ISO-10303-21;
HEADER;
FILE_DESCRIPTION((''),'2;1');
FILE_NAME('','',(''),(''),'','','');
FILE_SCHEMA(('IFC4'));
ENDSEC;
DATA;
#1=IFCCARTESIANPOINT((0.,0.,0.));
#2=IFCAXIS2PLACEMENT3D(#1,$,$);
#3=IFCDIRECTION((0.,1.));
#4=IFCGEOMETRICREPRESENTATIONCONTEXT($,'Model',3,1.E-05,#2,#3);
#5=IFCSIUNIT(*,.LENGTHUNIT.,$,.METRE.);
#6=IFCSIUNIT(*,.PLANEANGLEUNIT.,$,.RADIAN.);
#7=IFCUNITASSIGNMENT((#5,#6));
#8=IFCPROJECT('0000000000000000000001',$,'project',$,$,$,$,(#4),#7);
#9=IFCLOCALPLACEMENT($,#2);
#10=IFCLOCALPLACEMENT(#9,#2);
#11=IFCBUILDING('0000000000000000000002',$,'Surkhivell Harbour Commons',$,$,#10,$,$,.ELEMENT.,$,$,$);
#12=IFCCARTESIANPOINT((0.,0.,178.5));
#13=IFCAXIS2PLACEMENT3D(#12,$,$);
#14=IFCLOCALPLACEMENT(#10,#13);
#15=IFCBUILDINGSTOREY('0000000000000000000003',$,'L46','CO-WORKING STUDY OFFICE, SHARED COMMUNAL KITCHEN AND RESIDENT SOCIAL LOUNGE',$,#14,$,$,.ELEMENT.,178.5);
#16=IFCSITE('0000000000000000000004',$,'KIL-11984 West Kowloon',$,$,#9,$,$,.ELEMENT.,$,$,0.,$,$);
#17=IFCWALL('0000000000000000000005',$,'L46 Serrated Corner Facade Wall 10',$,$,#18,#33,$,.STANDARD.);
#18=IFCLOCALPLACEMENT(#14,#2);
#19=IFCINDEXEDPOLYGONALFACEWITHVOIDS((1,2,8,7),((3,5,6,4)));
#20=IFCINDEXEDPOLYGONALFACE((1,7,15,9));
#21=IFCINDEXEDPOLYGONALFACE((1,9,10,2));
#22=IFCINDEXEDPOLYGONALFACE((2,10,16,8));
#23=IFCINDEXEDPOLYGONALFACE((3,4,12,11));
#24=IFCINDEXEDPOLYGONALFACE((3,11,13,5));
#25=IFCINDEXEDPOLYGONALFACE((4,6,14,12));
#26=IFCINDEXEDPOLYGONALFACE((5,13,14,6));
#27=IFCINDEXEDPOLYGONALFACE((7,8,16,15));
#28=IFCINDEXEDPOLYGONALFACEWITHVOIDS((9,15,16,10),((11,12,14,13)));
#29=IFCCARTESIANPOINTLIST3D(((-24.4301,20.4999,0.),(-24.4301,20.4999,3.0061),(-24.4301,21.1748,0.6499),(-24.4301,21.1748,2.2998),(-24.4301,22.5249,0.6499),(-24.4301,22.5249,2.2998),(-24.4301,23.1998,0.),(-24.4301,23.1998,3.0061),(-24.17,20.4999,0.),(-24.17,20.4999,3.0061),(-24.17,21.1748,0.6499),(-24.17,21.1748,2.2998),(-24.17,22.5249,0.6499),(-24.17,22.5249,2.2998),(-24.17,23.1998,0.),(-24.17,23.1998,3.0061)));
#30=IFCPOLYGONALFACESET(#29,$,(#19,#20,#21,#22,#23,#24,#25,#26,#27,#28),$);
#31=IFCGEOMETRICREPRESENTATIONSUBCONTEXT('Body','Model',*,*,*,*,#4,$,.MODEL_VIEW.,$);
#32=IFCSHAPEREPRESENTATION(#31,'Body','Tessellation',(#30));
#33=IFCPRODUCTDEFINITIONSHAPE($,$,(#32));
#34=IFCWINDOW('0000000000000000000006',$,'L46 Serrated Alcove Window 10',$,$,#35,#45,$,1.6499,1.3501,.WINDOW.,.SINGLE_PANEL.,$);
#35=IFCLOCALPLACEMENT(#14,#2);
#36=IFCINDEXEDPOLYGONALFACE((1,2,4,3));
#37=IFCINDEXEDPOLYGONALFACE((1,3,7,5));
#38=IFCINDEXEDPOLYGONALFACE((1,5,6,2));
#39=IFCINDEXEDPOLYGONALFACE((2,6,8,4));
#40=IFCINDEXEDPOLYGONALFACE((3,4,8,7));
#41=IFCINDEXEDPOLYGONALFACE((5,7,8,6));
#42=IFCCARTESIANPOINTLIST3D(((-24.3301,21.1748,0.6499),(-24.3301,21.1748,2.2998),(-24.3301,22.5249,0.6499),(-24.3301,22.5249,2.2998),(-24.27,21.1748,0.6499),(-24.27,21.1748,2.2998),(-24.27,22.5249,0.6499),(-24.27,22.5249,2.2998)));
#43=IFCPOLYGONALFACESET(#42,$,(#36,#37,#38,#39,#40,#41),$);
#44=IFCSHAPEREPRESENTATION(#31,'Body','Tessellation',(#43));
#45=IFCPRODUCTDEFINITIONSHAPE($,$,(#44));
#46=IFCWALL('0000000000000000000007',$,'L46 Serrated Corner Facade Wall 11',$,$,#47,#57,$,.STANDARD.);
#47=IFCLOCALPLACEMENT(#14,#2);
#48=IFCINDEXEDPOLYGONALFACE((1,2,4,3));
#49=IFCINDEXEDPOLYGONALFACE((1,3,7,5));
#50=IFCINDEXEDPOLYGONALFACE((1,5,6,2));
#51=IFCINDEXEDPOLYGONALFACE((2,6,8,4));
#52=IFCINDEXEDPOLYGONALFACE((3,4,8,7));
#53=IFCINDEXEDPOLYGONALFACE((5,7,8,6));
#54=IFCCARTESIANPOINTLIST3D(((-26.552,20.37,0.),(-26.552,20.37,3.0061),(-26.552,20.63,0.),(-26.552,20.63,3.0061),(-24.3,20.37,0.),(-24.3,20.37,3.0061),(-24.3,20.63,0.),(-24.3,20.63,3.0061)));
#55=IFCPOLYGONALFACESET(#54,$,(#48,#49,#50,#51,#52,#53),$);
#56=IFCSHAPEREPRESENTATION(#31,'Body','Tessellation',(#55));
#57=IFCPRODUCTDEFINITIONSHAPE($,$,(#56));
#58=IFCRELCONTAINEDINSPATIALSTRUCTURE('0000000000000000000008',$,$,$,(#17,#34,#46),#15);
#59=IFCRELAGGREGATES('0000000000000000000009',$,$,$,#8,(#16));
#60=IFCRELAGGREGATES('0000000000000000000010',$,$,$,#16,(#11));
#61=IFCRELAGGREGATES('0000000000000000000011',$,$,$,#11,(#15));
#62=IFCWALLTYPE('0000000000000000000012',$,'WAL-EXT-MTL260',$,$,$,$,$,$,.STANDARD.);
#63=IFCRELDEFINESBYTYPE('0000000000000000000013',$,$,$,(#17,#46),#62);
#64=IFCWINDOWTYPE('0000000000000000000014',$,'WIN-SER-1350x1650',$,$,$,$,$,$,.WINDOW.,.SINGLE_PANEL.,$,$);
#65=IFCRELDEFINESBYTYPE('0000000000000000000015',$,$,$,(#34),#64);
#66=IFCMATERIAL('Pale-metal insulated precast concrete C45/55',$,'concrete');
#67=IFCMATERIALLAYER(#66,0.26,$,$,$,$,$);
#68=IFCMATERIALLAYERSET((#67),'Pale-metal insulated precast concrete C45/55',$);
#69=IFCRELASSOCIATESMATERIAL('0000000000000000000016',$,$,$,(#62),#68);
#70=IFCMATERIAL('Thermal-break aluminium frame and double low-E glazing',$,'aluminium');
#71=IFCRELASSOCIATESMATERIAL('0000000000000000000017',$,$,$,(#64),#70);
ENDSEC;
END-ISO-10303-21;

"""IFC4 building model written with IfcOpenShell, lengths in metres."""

from ifc_helpers import new_model, si_unit, direction, frame, frame_2d, origin, place, context, subcontext, project, spatial, rectangle, extrude, material, layer, layer_set, type_object, element, fill, save


model = new_model("IFC4")

# Units and contexts
model_context = context("Model", 3, precision=1e-05, world=origin(), true_north=direction((0.0, 1.0)))
body_context = subcontext(model_context, "Body", "Model", "MODEL_VIEW")
ifc_project = project(units=[si_unit("LENGTHUNIT", "METRE"), si_unit("PLANEANGLEUNIT", "RADIAN")], contexts=[model_context])

# Site, building, storey
site_placement = place(None, origin())
site = spatial("IfcSite", under=ifc_project, at=site_placement, Name="KIL-11984 West Kowloon", CompositionType="ELEMENT", RefElevation=0.0)
building_placement = place(site_placement, origin())
building = spatial("IfcBuilding", under=site, at=building_placement, Name="Surkhivell Harbour Commons", CompositionType="ELEMENT")
storey_placement = place(building_placement, frame((0.0, 0.0, 178.5)))
storey = spatial("IfcBuildingStorey", under=building, at=storey_placement, Name="L46", Description="CO-WORKING STUDY OFFICE, SHARED COMMUNAL KITCHEN AND RESIDENT SOCIAL LOUNGE", CompositionType="ELEMENT", Elevation=178.5)

# Shared definitions
ifc_material_1 = material(Name="Pale-metal insulated precast concrete C45/55", Category="concrete")
ifc_layer_1 = layer(ifc_material_1, 0.26)
ifc_layer_set_1 = layer_set([ifc_layer_1], Name="Pale-metal insulated precast concrete C45/55")
wall_type = type_object("IfcWallType", Name="WAL-EXT-MTL260", PredefinedType="STANDARD", material=ifc_layer_set_1)

# Wall, opening, window
wall_1_placement = place(storey_placement, frame((-24.3, 23.2, 0.0), z_axis=(0.0, 0.0, 1.0), x_axis=(0.0, -1.0, 0.0)))
wall_1 = element("IfcWall", 1, at=wall_1_placement, inside=storey, type_object=wall_type, Name="L46 Serrated Corner Facade Wall 10", PredefinedType="STANDARD", context=body_context, shape_type="SweptSolid", body=[
    extrude(rectangle(XDim=2.7, YDim=0.26, at=frame_2d((1.3501, 0.0))), origin(), (0.0, 0.0, 1.0), 3.0061),
])
opening_placement = place(wall_1_placement, frame((0.675, 0.0, 0.6499)))
opening = element("IfcOpeningElement", 2, at=opening_placement, cuts=wall_1, PredefinedType="OPENING", context=body_context, shape_type="SweptSolid", body=[
    extrude(rectangle(XDim=1.3501, YDim=1.6499, at=frame_2d((0.675, 0.825))), frame((0.0, 0.1399, 0.0), z_axis=(0.0, -1.0, 0.0), x_axis=(1.0, 0.0, 0.0)), (0.0, 0.0, 1.0), 0.28),
])
ifc_material_2 = material(Name="Thermal-break aluminium frame and double low-E glazing", Category="aluminium")
window_type = type_object("IfcWindowType", Name="WIN-SER-1350x1650", PartitioningType="SINGLE_PANEL", PredefinedType="WINDOW", material=ifc_material_2)
window_placement = place(opening_placement, origin())
window = element("IfcWindow", 3, at=window_placement, inside=storey, type_object=window_type, Name="L46 Serrated Alcove Window 10", OverallHeight=1.6499, OverallWidth=1.3501, PartitioningType="SINGLE_PANEL", PredefinedType="WINDOW", context=body_context, shape_type="SweptSolid", body=[
    extrude(rectangle(XDim=1.3501, YDim=1.6499, at=frame_2d((0.675, 0.825))), frame((0.0, 0.03, 0.0), z_axis=(0.0, -1.0, 0.0), x_axis=(1.0, 0.0, 0.0)), (0.0, 0.0, 1.0), 0.0601),
])
fill(opening, window)

# Wall
wall_2_placement = place(storey_placement, frame((-24.3, 20.5, 0.0), z_axis=(0.0, 0.0, 1.0), x_axis=(-1.0, 0.0, 0.0)))
element("IfcWall", 4, at=wall_2_placement, inside=storey, type_object=wall_type, Name="L46 Serrated Corner Facade Wall 11", PredefinedType="STANDARD", context=body_context, shape_type="SweptSolid", body=[
    extrude(rectangle(XDim=2.252, YDim=0.26, at=frame_2d((1.126, 0.0))), origin(), (0.0, 0.0, 1.0), 3.0061),
])

save(model, "model.ifc")
